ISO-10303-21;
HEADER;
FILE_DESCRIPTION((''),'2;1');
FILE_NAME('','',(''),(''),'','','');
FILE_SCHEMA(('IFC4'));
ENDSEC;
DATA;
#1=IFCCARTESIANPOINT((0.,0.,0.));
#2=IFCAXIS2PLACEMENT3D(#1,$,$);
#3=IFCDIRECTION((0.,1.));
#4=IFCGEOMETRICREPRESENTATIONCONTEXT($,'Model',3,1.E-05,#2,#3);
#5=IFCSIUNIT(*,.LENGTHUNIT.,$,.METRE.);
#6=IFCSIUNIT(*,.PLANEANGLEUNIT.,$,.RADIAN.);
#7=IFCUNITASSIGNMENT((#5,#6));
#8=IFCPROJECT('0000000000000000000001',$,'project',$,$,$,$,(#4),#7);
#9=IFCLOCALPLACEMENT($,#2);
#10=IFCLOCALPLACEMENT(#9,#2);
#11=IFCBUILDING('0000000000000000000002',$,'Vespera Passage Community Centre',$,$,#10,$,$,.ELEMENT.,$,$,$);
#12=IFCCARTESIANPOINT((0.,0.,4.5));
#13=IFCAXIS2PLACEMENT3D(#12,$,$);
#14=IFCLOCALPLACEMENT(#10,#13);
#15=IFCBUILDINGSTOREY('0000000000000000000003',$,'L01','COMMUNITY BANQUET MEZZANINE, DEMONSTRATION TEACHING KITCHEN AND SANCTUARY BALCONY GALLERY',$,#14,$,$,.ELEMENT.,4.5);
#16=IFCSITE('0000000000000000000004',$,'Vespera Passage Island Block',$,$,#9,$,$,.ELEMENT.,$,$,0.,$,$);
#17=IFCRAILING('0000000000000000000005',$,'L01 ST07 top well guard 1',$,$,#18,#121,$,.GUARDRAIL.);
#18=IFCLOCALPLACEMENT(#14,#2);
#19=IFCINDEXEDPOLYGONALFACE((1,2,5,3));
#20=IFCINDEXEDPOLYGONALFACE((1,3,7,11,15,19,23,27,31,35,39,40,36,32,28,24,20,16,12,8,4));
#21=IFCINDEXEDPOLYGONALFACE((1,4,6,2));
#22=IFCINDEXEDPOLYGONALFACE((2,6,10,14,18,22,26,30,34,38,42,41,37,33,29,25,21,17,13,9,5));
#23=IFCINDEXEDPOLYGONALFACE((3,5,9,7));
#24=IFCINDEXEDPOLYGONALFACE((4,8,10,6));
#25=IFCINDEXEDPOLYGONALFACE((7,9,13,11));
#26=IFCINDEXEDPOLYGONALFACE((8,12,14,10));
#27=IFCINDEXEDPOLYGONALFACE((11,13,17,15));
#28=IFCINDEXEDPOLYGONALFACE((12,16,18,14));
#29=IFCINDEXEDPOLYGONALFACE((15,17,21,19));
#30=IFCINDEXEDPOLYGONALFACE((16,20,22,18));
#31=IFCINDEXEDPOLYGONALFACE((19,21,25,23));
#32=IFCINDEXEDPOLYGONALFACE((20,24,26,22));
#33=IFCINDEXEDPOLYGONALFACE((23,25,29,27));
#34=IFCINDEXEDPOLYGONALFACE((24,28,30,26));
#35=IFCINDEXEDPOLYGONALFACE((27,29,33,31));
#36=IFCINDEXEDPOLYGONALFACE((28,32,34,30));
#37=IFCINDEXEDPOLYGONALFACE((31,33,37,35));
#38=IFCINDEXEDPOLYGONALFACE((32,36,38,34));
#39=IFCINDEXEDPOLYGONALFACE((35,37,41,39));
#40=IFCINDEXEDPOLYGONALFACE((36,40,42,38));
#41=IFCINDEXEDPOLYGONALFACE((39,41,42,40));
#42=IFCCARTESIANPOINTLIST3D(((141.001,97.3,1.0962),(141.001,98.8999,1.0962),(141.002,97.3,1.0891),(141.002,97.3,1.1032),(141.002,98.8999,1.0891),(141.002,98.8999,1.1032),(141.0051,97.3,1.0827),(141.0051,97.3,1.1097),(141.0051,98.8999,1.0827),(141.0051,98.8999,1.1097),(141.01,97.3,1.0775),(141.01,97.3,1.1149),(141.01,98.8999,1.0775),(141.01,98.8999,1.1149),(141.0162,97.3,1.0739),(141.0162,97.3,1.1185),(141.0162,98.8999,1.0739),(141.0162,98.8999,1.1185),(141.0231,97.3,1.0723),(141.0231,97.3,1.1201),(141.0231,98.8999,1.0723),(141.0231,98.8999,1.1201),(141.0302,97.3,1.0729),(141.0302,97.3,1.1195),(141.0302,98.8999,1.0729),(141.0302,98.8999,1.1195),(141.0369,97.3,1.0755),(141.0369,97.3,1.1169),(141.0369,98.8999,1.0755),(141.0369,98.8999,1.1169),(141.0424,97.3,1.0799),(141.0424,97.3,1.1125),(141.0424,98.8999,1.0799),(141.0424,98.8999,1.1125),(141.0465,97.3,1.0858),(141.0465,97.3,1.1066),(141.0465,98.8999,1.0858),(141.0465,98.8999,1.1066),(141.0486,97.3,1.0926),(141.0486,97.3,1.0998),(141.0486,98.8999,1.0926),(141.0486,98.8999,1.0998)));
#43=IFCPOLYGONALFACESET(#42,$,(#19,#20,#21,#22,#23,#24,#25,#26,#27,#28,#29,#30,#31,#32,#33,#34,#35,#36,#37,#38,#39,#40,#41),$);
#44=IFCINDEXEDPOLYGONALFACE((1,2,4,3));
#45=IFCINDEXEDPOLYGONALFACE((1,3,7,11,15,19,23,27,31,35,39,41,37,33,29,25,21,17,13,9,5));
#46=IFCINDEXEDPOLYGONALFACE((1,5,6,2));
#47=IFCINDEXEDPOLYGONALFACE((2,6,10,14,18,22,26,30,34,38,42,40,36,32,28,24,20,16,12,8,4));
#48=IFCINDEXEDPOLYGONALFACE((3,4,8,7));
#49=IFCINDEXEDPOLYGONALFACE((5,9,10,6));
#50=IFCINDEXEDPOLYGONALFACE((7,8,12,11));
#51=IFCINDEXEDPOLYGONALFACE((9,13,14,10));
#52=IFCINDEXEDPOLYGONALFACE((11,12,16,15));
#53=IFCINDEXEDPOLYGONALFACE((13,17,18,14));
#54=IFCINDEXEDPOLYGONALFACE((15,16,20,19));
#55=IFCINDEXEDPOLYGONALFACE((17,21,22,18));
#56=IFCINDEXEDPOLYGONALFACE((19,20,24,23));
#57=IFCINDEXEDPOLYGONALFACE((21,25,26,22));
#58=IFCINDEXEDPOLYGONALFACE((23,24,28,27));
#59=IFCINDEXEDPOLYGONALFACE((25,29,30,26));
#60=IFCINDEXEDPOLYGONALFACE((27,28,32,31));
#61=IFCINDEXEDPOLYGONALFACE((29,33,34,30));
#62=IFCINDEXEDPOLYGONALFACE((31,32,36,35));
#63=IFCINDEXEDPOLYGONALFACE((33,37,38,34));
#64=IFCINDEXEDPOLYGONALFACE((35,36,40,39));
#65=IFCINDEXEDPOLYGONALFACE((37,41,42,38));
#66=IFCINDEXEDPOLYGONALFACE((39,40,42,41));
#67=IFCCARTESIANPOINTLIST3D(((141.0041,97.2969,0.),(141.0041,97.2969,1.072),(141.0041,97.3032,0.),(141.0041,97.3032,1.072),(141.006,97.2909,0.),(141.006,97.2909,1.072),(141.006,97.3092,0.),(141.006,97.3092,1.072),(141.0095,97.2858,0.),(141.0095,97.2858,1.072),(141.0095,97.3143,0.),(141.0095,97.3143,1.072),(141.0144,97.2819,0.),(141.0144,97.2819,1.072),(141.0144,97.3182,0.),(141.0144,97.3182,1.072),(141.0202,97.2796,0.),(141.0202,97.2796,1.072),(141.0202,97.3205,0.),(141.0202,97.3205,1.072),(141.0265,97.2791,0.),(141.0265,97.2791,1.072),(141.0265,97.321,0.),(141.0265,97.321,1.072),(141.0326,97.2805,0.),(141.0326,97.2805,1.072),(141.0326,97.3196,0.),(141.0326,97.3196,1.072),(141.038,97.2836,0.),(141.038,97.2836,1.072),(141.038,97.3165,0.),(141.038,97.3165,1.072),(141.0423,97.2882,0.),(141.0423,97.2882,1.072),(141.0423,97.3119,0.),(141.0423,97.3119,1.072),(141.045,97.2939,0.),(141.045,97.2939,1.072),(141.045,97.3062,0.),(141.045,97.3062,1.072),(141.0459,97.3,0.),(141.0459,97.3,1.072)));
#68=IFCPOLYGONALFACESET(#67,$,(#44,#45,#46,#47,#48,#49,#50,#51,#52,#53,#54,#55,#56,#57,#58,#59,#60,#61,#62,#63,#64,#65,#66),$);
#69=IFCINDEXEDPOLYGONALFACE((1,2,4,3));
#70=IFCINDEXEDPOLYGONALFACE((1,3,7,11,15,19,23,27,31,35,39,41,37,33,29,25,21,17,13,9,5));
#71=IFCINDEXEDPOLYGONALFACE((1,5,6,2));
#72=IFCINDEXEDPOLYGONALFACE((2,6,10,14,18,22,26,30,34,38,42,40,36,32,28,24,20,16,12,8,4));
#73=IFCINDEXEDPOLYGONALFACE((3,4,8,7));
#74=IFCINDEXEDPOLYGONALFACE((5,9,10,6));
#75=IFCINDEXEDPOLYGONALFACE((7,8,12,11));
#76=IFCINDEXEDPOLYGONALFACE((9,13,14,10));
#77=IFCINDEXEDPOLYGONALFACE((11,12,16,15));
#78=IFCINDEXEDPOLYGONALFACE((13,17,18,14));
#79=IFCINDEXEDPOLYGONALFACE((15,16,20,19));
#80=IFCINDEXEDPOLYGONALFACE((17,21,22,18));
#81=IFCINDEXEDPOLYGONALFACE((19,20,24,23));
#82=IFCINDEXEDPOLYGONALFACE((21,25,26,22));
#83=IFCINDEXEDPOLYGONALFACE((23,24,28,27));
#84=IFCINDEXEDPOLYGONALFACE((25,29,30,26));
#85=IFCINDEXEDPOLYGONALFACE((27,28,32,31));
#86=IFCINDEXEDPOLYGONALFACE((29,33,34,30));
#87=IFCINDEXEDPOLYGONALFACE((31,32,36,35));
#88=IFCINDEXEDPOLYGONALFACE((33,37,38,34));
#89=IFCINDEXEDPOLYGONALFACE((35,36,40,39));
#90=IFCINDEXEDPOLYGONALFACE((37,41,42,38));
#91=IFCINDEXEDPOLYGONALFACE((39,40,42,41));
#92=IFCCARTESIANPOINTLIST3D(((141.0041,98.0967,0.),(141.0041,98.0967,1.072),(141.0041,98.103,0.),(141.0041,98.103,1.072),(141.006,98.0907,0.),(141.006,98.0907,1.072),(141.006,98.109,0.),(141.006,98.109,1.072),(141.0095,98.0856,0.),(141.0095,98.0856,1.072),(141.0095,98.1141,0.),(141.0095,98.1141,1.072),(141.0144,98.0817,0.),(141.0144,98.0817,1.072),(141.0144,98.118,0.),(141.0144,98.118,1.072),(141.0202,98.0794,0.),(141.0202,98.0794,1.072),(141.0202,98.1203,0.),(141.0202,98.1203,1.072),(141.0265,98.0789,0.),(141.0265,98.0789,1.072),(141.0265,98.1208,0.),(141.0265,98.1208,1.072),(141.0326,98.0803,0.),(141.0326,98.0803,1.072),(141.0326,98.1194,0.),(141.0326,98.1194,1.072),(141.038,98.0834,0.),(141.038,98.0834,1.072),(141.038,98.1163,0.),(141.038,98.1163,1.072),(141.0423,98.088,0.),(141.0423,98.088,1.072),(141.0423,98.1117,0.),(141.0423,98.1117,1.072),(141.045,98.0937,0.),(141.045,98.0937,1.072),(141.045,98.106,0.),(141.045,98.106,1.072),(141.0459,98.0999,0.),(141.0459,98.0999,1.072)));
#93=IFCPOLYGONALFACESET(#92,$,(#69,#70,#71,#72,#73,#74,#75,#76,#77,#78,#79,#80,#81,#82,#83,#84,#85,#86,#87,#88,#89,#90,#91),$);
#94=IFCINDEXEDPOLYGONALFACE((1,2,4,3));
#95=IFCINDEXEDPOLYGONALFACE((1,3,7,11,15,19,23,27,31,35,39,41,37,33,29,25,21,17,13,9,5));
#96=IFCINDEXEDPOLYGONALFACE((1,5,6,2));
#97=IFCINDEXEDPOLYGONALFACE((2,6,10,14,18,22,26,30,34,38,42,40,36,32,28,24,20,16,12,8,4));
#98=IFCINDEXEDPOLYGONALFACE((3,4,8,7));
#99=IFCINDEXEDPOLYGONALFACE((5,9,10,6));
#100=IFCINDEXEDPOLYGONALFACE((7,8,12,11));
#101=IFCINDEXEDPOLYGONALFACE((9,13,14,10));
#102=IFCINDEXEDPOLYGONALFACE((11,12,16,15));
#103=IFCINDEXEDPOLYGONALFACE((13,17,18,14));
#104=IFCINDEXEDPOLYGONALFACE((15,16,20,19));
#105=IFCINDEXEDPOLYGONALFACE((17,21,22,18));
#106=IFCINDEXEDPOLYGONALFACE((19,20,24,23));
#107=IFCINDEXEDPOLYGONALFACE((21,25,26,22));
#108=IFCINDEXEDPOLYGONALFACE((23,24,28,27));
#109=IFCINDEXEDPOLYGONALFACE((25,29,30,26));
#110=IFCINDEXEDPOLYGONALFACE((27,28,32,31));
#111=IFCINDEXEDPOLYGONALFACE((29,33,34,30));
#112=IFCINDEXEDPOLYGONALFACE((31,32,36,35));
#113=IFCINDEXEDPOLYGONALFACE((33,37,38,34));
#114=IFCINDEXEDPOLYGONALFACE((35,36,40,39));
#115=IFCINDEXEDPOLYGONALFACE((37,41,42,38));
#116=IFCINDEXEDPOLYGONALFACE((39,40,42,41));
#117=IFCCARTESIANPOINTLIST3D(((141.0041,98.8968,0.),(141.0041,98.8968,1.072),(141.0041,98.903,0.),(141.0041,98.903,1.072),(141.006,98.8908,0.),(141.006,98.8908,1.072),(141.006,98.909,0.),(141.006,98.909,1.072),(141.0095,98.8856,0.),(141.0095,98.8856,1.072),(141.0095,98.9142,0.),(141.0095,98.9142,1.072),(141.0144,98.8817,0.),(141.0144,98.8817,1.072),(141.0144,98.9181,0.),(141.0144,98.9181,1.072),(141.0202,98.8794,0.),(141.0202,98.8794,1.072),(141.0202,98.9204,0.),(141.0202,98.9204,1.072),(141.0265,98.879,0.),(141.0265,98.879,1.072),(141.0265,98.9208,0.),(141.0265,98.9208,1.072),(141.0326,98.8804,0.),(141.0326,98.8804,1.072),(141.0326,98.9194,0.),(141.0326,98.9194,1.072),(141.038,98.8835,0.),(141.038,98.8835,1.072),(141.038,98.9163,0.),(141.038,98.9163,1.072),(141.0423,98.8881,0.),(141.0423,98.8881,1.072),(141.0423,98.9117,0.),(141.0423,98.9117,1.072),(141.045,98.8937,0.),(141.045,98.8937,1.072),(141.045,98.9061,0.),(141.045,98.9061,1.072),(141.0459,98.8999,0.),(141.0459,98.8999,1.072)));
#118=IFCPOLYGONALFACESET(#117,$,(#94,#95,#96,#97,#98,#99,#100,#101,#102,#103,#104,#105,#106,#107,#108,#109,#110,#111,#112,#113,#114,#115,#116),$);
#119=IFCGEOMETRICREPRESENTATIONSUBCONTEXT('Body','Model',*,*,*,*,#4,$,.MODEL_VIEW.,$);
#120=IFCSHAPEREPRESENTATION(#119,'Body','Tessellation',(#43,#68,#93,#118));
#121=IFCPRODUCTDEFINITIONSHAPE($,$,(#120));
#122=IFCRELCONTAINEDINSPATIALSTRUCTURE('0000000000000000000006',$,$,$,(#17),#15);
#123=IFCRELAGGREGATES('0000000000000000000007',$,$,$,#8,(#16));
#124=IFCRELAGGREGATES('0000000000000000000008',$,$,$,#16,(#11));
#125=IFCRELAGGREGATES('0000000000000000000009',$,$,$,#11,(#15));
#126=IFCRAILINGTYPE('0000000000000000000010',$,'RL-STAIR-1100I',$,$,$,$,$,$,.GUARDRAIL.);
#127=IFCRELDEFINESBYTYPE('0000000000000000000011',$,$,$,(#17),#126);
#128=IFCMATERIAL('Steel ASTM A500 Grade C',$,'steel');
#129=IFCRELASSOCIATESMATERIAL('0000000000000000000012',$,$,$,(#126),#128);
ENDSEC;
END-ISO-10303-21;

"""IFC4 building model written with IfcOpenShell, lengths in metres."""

from ifc_helpers import new_model, si_unit, direction, frame, origin, origin_2d, place, context, subcontext, project, spatial, circle, extrude, material, type_object, element, save


model = new_model("IFC4")

# Units and contexts
model_context = context("Model", 3, precision=1e-05, world=origin(), true_north=direction((0.0, 1.0)))
body_context = subcontext(model_context, "Body", "Model", "MODEL_VIEW")
ifc_project = project(units=[si_unit("LENGTHUNIT", "METRE"), si_unit("PLANEANGLEUNIT", "RADIAN")], contexts=[model_context])

# Site, building, storey
site_placement = place(None, origin())
site = spatial("IfcSite", under=ifc_project, at=site_placement, Name="Vespera Passage Island Block", CompositionType="ELEMENT", RefElevation=0.0)
building_placement = place(site_placement, origin())
building = spatial("IfcBuilding", under=site, at=building_placement, Name="Vespera Passage Community Centre", CompositionType="ELEMENT")
storey_placement = place(building_placement, frame((0.0, 0.0, 4.5)))
storey = spatial("IfcBuildingStorey", under=building, at=storey_placement, Name="L01", Description="COMMUNITY BANQUET MEZZANINE, DEMONSTRATION TEACHING KITCHEN AND SANCTUARY BALCONY GALLERY", CompositionType="ELEMENT", Elevation=4.5)

# Railing
ifc_material_1 = material(Name="Steel ASTM A500 Grade C", Category="steel")
railing_type_1 = type_object("IfcRailingType", Name="RL-STAIR-1100I", PredefinedType="GUARDRAIL", material=ifc_material_1)
railing_1_placement = place(storey_placement, frame((141.0249, 97.3, 0.0)))
element("IfcRailing", 1, at=railing_1_placement, inside=storey, type_object=railing_type_1, Name="L01 ST07 top well guard 1", PredefinedType="GUARDRAIL", context=body_context, shape_type="SweptSolid", body=[
    extrude(circle(Radius=0.0239, at=origin_2d()), frame((0.0, 0.0, 1.0962), z_axis=(0.0, 1.0, 0.0), x_axis=(-1.0, 0.0, 0.0)), (0.0, 0.0, 1.0), 1.5999),
    extrude(circle(Radius=0.021, at=origin_2d()), origin(), (0.0, 0.0, 1.0), 1.072),
    extrude(circle(Radius=0.021, at=origin_2d()), frame((0.0, 0.7998, 0.0)), (0.0, 0.0, 1.0), 1.072),
    extrude(circle(Radius=0.021, at=origin_2d()), frame((0.0, 1.5999, 0.0)), (0.0, 0.0, 1.0), 1.072),
])

save(model, "model.ifc")
